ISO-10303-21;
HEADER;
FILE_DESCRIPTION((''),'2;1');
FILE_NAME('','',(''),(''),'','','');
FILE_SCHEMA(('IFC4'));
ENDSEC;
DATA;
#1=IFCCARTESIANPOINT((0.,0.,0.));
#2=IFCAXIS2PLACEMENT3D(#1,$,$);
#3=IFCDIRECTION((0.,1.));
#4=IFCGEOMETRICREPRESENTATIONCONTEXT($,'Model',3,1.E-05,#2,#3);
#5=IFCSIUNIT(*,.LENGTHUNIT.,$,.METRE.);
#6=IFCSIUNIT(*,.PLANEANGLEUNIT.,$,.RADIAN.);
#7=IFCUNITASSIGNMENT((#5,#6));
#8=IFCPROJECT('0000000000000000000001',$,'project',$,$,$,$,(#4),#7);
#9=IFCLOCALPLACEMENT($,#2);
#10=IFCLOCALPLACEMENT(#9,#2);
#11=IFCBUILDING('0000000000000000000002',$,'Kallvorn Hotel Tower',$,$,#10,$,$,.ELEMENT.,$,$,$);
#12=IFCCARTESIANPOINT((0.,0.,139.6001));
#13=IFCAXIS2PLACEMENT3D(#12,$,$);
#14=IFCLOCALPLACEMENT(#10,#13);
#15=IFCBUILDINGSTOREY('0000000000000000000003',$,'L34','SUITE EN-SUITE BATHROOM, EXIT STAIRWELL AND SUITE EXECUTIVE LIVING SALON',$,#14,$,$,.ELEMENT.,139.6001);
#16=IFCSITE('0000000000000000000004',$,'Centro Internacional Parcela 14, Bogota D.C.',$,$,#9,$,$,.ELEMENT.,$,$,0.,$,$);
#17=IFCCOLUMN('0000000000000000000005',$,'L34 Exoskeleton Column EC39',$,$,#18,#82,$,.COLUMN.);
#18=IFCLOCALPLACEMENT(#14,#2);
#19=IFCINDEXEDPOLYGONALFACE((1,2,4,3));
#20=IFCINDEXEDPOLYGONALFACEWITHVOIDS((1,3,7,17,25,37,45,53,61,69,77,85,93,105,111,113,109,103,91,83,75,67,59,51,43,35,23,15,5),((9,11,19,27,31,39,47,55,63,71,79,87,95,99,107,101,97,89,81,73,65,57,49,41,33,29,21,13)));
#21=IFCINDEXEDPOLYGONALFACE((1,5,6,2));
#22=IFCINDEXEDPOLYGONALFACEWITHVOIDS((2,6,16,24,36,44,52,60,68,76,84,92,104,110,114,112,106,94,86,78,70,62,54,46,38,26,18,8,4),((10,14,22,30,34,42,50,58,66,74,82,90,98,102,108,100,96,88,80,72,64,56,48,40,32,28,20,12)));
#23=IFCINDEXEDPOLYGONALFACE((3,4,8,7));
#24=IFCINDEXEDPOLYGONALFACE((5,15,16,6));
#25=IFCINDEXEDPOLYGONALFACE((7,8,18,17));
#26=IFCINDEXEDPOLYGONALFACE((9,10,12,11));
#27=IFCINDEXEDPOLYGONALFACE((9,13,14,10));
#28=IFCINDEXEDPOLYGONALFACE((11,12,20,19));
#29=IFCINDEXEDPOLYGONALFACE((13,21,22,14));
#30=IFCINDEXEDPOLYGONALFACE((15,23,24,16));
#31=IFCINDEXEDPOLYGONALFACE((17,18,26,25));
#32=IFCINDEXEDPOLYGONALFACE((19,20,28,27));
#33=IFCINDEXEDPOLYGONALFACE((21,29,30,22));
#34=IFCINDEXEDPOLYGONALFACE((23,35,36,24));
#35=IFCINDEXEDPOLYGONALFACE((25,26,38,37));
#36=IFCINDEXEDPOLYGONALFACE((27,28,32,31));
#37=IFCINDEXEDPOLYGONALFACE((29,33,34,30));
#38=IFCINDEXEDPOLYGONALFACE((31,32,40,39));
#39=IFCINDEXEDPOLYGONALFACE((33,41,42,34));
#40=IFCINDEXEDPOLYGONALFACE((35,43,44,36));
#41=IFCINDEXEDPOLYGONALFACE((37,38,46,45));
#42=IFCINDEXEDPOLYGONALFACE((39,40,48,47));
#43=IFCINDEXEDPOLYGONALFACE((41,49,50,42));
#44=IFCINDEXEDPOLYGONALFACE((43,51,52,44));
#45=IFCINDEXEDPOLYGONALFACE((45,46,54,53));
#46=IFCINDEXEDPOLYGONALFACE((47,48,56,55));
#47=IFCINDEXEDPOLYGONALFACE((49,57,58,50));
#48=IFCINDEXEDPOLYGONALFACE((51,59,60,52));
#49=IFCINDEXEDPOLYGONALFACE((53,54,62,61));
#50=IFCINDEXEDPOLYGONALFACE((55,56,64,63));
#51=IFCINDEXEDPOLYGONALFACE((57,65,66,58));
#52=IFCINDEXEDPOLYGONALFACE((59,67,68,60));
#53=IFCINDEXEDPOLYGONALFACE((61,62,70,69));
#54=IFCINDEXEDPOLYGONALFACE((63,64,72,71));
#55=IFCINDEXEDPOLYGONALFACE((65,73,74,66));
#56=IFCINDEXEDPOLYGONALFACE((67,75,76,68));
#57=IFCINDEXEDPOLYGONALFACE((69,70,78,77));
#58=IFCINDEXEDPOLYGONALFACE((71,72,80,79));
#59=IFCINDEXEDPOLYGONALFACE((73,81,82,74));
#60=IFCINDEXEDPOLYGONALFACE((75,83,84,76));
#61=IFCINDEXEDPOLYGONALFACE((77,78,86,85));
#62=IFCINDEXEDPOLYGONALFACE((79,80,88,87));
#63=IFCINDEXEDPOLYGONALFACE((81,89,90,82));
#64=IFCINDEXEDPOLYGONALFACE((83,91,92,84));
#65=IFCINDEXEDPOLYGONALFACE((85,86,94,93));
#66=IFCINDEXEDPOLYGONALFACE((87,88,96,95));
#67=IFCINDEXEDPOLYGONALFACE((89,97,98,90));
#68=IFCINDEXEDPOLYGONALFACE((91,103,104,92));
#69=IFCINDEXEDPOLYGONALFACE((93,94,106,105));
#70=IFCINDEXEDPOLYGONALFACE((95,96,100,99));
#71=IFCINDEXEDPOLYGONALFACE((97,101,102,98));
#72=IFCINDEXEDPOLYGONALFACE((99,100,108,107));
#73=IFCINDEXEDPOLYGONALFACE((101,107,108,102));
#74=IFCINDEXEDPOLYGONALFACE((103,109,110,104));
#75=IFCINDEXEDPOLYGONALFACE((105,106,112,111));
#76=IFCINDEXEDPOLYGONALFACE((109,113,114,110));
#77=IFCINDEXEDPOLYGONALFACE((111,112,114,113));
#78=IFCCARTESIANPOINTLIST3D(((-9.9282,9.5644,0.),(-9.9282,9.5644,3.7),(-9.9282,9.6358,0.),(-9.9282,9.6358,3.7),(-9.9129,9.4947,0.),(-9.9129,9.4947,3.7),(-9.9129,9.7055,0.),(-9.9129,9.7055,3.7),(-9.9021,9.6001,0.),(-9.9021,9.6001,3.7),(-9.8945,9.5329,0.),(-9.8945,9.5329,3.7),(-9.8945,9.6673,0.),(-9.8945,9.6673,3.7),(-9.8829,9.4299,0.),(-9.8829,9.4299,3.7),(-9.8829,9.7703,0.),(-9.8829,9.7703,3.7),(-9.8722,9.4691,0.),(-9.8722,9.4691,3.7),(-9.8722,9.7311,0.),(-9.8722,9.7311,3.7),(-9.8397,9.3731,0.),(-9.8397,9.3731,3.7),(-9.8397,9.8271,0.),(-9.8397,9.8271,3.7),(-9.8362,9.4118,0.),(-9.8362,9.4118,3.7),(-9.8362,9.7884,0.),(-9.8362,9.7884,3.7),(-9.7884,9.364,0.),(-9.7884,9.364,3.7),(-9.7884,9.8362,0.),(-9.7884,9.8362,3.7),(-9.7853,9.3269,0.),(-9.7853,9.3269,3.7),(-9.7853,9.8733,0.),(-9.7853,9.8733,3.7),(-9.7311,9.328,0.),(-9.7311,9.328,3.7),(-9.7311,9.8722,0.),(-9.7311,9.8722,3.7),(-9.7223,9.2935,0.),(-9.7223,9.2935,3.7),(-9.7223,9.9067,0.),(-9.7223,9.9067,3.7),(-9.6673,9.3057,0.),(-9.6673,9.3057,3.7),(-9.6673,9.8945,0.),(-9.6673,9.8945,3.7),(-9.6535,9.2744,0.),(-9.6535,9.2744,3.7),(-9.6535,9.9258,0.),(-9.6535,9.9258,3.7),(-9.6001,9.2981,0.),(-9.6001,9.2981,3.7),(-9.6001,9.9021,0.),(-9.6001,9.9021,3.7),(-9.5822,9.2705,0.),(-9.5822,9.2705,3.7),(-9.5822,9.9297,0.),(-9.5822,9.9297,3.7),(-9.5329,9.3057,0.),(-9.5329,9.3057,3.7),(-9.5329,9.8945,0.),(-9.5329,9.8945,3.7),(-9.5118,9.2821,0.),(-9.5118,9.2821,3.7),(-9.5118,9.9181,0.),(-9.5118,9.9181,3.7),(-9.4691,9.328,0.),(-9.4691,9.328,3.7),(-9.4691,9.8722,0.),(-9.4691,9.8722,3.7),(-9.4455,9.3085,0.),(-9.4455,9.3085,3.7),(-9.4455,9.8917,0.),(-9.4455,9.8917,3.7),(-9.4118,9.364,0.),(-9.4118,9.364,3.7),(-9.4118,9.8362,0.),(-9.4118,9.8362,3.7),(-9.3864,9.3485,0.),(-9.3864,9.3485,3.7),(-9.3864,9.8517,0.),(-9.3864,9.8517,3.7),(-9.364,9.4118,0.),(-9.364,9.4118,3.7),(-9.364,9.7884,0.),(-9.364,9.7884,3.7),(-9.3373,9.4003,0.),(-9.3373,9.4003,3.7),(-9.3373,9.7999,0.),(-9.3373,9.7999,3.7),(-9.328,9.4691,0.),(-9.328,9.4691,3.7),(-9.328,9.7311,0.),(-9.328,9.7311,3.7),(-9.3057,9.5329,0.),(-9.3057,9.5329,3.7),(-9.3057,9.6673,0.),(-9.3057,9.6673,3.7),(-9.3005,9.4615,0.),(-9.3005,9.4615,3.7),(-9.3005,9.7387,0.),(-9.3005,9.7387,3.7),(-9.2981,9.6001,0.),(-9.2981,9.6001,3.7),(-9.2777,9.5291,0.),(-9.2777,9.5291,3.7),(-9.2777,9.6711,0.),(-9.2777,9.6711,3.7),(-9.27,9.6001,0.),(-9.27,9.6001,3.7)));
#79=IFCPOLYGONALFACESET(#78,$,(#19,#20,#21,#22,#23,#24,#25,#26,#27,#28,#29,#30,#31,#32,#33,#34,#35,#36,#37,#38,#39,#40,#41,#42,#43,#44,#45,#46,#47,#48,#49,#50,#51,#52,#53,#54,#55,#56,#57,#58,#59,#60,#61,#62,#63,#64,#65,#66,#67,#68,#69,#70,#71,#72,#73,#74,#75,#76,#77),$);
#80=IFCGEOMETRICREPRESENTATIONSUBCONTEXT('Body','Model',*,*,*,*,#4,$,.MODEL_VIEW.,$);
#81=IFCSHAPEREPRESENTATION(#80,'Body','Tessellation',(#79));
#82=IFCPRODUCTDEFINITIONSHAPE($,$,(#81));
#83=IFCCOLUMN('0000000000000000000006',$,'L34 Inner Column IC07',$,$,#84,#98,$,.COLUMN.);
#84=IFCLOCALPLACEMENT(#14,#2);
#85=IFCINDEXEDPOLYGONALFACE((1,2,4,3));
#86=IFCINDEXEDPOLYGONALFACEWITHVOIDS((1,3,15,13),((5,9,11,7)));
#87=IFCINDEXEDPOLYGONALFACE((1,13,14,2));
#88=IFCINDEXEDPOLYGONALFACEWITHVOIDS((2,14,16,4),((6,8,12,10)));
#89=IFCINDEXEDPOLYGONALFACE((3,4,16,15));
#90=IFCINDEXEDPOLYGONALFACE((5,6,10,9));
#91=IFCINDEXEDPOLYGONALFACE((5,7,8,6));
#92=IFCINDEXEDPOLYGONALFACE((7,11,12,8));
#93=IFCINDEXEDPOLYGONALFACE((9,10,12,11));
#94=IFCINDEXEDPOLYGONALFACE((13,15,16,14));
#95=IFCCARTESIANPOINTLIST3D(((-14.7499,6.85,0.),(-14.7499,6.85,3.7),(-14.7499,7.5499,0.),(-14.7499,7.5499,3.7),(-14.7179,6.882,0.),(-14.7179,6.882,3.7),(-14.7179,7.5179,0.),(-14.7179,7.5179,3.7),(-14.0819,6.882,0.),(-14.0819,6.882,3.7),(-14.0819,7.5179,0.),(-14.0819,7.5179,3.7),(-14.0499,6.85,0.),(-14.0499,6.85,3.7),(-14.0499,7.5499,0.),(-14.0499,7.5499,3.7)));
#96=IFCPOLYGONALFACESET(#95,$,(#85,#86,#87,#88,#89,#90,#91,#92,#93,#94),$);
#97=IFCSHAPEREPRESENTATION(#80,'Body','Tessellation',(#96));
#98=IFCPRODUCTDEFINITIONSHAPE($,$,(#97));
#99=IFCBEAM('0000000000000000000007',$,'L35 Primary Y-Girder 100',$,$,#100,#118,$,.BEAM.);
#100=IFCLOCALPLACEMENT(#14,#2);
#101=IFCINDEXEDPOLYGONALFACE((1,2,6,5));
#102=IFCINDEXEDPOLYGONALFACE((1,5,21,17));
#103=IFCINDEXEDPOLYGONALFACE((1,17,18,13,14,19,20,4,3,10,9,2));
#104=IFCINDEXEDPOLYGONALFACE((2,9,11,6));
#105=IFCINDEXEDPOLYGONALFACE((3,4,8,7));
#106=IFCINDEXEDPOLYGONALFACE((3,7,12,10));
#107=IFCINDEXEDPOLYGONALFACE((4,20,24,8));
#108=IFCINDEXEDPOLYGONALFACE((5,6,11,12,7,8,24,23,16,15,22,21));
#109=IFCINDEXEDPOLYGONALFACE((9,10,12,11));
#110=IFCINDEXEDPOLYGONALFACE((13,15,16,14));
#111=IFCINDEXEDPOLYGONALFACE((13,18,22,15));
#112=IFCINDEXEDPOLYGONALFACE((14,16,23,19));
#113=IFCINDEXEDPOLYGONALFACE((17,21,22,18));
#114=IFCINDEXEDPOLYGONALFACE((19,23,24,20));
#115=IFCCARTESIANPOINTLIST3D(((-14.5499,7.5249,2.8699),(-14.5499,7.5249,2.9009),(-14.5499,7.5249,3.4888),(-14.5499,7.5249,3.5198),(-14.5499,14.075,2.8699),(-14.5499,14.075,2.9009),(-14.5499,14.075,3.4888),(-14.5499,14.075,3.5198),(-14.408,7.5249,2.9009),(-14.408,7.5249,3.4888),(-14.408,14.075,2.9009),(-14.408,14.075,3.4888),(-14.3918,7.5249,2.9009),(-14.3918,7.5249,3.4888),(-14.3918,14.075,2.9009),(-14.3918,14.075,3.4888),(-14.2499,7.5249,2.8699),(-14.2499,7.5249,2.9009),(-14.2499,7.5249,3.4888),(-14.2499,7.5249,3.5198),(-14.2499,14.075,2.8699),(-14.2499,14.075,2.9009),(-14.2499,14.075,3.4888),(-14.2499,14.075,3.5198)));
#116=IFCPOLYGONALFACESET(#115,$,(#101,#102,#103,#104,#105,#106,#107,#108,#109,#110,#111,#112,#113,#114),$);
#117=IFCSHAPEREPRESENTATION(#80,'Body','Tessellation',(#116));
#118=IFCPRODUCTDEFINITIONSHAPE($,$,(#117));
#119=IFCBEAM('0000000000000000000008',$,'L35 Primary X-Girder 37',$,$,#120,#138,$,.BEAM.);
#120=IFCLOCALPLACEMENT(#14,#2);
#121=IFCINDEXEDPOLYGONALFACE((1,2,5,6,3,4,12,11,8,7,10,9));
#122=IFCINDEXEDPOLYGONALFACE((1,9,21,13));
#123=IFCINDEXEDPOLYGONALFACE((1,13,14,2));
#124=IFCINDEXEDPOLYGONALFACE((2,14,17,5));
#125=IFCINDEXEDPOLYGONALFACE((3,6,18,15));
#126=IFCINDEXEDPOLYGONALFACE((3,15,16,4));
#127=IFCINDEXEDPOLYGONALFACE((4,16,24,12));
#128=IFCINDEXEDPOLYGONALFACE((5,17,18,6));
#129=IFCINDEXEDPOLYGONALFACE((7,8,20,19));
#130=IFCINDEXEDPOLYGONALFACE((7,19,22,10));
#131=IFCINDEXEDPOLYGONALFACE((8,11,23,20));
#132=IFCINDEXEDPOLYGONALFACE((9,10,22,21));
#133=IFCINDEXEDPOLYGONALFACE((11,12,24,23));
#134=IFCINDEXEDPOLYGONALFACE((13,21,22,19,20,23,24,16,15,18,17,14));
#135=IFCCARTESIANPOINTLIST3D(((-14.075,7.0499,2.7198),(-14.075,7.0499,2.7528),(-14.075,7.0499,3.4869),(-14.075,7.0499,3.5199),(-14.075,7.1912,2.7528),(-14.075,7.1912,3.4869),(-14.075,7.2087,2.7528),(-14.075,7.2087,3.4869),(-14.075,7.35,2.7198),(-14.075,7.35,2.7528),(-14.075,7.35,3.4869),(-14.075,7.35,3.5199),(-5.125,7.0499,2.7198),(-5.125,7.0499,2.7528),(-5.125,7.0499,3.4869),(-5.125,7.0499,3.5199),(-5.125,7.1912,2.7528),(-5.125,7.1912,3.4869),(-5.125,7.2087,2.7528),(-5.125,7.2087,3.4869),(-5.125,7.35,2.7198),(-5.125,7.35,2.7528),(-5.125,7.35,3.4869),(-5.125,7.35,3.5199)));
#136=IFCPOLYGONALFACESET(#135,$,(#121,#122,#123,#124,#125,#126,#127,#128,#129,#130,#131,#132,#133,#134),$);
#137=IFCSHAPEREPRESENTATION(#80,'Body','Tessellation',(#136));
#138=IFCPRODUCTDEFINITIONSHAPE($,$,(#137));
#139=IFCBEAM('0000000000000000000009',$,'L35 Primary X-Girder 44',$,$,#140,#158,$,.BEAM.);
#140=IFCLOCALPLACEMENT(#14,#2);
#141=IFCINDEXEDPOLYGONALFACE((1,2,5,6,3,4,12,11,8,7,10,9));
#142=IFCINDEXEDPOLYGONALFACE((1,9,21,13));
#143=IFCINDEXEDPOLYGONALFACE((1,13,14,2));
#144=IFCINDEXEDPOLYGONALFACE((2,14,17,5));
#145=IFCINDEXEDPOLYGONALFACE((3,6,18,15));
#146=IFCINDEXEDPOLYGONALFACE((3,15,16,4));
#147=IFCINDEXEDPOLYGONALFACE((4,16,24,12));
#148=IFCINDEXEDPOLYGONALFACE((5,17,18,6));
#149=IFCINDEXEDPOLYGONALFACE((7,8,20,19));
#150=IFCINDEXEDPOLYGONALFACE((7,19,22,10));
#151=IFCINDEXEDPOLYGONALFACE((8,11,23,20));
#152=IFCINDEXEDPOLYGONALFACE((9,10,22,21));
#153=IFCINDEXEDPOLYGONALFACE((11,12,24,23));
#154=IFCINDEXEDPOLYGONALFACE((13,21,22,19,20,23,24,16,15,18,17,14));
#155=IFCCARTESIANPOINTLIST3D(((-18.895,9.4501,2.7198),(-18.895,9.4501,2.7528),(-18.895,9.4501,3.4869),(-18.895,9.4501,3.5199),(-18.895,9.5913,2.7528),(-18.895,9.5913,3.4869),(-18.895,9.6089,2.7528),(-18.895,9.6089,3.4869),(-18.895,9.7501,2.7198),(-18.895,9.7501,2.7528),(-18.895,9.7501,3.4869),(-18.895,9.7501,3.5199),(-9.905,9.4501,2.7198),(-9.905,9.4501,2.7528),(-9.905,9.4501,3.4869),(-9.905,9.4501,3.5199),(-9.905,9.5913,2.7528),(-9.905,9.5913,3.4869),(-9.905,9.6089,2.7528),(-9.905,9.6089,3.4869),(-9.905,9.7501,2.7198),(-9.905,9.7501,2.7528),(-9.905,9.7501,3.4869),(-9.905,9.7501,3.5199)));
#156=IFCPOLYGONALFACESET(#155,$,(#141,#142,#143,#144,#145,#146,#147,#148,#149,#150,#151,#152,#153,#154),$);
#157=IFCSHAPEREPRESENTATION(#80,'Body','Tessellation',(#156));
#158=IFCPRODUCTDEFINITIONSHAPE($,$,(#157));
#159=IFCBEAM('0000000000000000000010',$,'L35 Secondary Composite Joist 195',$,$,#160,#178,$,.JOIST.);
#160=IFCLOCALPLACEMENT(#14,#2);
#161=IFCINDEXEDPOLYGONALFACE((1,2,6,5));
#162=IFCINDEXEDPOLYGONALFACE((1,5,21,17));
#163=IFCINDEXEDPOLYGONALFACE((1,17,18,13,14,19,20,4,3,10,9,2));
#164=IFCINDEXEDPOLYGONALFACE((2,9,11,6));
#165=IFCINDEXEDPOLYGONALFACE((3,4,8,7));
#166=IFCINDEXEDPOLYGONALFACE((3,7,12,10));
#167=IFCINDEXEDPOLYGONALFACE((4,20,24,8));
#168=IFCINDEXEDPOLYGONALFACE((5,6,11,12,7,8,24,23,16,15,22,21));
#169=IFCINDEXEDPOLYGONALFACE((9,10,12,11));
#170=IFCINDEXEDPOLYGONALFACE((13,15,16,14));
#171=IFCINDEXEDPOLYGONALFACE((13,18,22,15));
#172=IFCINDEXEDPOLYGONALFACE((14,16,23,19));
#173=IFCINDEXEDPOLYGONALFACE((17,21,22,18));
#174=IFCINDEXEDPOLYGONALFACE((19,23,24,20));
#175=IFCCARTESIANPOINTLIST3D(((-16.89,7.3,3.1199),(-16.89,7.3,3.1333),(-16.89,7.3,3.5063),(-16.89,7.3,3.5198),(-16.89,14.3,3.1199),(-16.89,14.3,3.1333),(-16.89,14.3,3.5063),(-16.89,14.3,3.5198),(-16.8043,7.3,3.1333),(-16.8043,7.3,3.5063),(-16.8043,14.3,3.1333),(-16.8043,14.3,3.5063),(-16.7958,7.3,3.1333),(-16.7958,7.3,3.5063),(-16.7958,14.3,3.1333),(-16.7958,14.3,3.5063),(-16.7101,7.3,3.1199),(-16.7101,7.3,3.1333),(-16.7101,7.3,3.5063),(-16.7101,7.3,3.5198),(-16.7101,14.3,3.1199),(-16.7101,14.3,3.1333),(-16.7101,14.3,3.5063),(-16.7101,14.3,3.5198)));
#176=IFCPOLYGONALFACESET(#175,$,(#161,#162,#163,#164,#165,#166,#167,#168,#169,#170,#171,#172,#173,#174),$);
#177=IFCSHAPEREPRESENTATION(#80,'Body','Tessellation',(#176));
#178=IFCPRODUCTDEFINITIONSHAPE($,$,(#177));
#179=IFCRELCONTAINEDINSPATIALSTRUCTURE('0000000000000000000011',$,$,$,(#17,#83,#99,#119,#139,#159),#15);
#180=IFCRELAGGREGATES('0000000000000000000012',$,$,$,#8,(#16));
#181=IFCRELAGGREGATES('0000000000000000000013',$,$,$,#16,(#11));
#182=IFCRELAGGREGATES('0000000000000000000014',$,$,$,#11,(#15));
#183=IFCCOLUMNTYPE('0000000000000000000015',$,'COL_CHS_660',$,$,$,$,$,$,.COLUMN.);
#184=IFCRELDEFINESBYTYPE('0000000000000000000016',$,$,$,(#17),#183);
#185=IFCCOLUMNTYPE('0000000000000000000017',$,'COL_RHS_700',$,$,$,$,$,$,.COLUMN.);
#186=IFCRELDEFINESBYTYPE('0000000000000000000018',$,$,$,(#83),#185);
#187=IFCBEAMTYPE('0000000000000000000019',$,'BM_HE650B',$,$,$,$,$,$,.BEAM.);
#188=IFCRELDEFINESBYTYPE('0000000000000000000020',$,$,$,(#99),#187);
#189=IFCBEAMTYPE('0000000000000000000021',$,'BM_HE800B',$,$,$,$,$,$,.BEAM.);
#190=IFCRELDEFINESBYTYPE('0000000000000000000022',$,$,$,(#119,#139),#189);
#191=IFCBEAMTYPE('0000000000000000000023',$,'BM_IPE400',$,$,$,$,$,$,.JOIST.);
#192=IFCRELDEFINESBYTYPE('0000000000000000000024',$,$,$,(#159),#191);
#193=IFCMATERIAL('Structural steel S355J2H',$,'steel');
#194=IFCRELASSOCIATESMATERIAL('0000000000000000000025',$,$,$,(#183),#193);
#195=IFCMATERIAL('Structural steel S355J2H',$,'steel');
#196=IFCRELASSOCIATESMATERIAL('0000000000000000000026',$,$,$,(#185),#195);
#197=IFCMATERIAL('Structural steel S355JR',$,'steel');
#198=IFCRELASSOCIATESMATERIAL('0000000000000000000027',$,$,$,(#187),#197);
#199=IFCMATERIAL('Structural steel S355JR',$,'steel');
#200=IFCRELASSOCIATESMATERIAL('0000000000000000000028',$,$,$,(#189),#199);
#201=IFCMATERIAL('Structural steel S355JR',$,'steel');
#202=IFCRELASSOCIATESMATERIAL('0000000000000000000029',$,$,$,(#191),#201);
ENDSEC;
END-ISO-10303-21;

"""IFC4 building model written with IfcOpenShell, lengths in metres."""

from ifc_helpers import new_model, si_unit, direction, frame, origin, origin_2d, place, context, subcontext, project, spatial, hollow_rectangle, hollow_circle, i_section, extrude, material, material_profile, profile_set, type_object, element, save


model = new_model("IFC4")

# Units and contexts
model_context = context("Model", 3, precision=1e-05, world=origin(), true_north=direction((0.0, 1.0)))
body_context = subcontext(model_context, "Body", "Model", "MODEL_VIEW")
ifc_project = project(units=[si_unit("LENGTHUNIT", "METRE"), si_unit("PLANEANGLEUNIT", "RADIAN")], contexts=[model_context])

# Site, building, storey
site_placement = place(None, origin())
site = spatial("IfcSite", under=ifc_project, at=site_placement, Name="Centro Internacional Parcela 14, Bogota D.C.", CompositionType="ELEMENT", RefElevation=0.0)
building_placement = place(site_placement, origin())
building = spatial("IfcBuilding", under=site, at=building_placement, Name="Kallvorn Hotel Tower", CompositionType="ELEMENT")
storey_placement = place(building_placement, frame((0.0, 0.0, 139.6001)))
storey = spatial("IfcBuildingStorey", under=building, at=storey_placement, Name="L34", Description="SUITE EN-SUITE BATHROOM, EXIT STAIRWELL AND SUITE EXECUTIVE LIVING SALON", CompositionType="ELEMENT", Elevation=139.6001)

# Columns
ifc_material_1 = material(Name="Structural steel S355J2H", Category="steel")
ifc_material_profile_1 = material_profile(ifc_material_1, hollow_circle(Radius=0.3301, WallThickness=0.0281, at=origin_2d()), Name="CHS 660x28")
ifc_profile_set_1 = profile_set([ifc_material_profile_1], Name="Structural steel S355J2H")
column_type_1 = type_object("IfcColumnType", Name="COL_CHS_660", PredefinedType="COLUMN", material=ifc_profile_set_1)
column_1_placement = place(storey_placement, frame((-9.6001, 9.6001, 0.0), z_axis=(0.0, 0.0, 1.0), x_axis=(1.0, 0.0, 0.0)))
element("IfcColumn", 1, at=column_1_placement, inside=storey, type_object=column_type_1, Name="L34 Exoskeleton Column EC39", PredefinedType="COLUMN", context=body_context, shape_type="SweptSolid", body=[
    extrude(hollow_circle(Radius=0.3301, WallThickness=0.0281, at=origin_2d()), origin(), (0.0, 0.0, 1.0), 3.7),
])
ifc_material_2 = material(Name="Structural steel S355J2H", Category="steel")
ifc_material_profile_2 = material_profile(ifc_material_2, hollow_rectangle(XDim=0.7, YDim=0.7, WallThickness=0.032, at=origin_2d()), Name="RHS 700x700x32")
ifc_profile_set_2 = profile_set([ifc_material_profile_2], Name="Structural steel S355J2H")
column_type_2 = type_object("IfcColumnType", Name="COL_RHS_700", PredefinedType="COLUMN", material=ifc_profile_set_2)
column_2_placement = place(storey_placement, frame((-14.3999, 7.2, 0.0), z_axis=(0.0, 0.0, 1.0), x_axis=(1.0, 0.0, 0.0)))
element("IfcColumn", 2, at=column_2_placement, inside=storey, type_object=column_type_2, Name="L34 Inner Column IC07", PredefinedType="COLUMN", context=body_context, shape_type="SweptSolid", body=[
    extrude(hollow_rectangle(XDim=0.7, YDim=0.7, WallThickness=0.032, at=origin_2d()), origin(), (0.0, 0.0, 1.0), 3.7),
])

# Beams
ifc_material_3 = material(Name="Structural steel S355JR", Category="steel")
ifc_material_profile_3 = material_profile(ifc_material_3, i_section(OverallWidth=0.3, OverallDepth=0.6499, WebThickness=0.0161, FlangeThickness=0.031, at=origin_2d()), Name="HE 650 B")
ifc_profile_set_3 = profile_set([ifc_material_profile_3], Name="Structural steel S355JR")
beam_type_1 = type_object("IfcBeamType", Name="BM_HE650B", PredefinedType="BEAM", material=ifc_profile_set_3)
beam_1_placement = place(storey_placement, frame((-14.3999, 7.5249, 3.1948), z_axis=(0.0, 1.0, 0.0), x_axis=(-1.0, 0.0, 0.0)))
element("IfcBeam", 3, at=beam_1_placement, inside=storey, type_object=beam_type_1, Name="L35 Primary Y-Girder 100", PredefinedType="BEAM", context=body_context, shape_type="SweptSolid", body=[
    extrude(i_section(OverallWidth=0.3, OverallDepth=0.6499, WebThickness=0.0161, FlangeThickness=0.031, at=origin_2d()), origin(), (0.0, 0.0, 1.0), 6.55),
])
ifc_material_4 = material(Name="Structural steel S355JR", Category="steel")
ifc_material_profile_4 = material_profile(ifc_material_4, i_section(OverallWidth=0.3, OverallDepth=0.8, WebThickness=0.0176, FlangeThickness=0.033, at=origin_2d()), Name="HE 800 B")
ifc_profile_set_4 = profile_set([ifc_material_profile_4], Name="Structural steel S355JR")
beam_type_2 = type_object("IfcBeamType", Name="BM_HE800B", PredefinedType="BEAM", material=ifc_profile_set_4)
beam_2_placement = place(storey_placement, frame((-14.075, 7.2, 3.1199), z_axis=(1.0, 0.0, 0.0), x_axis=(0.0, 1.0, 0.0)))
element("IfcBeam", 4, at=beam_2_placement, inside=storey, type_object=beam_type_2, Name="L35 Primary X-Girder 37", PredefinedType="BEAM", context=body_context, shape_type="SweptSolid", body=[
    extrude(i_section(OverallWidth=0.3, OverallDepth=0.8, WebThickness=0.0176, FlangeThickness=0.033, at=origin_2d()), origin(), (0.0, 0.0, 1.0), 8.95),
])
beam_3_placement = place(storey_placement, frame((-18.895, 9.6001, 3.1199), z_axis=(1.0, 0.0, 0.0), x_axis=(0.0, 1.0, 0.0)))
element("IfcBeam", 5, at=beam_3_placement, inside=storey, type_object=beam_type_2, Name="L35 Primary X-Girder 44", PredefinedType="BEAM", context=body_context, shape_type="SweptSolid", body=[
    extrude(i_section(OverallWidth=0.3, OverallDepth=0.8, WebThickness=0.0176, FlangeThickness=0.033, at=origin_2d()), origin(), (0.0, 0.0, 1.0), 8.99),
])
ifc_material_5 = material(Name="Structural steel S355JR", Category="steel")
ifc_material_profile_5 = material_profile(ifc_material_5, i_section(OverallWidth=0.1799, OverallDepth=0.3999, WebThickness=0.0085, FlangeThickness=0.0134, at=origin_2d()), Name="IPE 400")
ifc_profile_set_5 = profile_set([ifc_material_profile_5], Name="Structural steel S355JR")
beam_type_3 = type_object("IfcBeamType", Name="BM_IPE400", PredefinedType="JOIST", material=ifc_profile_set_5)
for number, where, z_axis, x_axis, name in (
    (6, (-16.8, 7.3, 3.3198), (0.0, 1.0, 0.0), (-1.0, 0.0, 0.0), "L35 Secondary Composite Joist 195"),
):
    element("IfcBeam", number, at=place(storey_placement, frame(where, z_axis=z_axis, x_axis=x_axis)), inside=storey, type_object=beam_type_3, Name=name, PredefinedType="JOIST", context=body_context, shape_type="SweptSolid", body=[
        extrude(i_section(OverallWidth=0.1799, OverallDepth=0.3999, WebThickness=0.0085, FlangeThickness=0.0134, at=origin_2d()), origin(), (0.0, 0.0, 1.0), 7.0),
    ])

save(model, "model.ifc")
